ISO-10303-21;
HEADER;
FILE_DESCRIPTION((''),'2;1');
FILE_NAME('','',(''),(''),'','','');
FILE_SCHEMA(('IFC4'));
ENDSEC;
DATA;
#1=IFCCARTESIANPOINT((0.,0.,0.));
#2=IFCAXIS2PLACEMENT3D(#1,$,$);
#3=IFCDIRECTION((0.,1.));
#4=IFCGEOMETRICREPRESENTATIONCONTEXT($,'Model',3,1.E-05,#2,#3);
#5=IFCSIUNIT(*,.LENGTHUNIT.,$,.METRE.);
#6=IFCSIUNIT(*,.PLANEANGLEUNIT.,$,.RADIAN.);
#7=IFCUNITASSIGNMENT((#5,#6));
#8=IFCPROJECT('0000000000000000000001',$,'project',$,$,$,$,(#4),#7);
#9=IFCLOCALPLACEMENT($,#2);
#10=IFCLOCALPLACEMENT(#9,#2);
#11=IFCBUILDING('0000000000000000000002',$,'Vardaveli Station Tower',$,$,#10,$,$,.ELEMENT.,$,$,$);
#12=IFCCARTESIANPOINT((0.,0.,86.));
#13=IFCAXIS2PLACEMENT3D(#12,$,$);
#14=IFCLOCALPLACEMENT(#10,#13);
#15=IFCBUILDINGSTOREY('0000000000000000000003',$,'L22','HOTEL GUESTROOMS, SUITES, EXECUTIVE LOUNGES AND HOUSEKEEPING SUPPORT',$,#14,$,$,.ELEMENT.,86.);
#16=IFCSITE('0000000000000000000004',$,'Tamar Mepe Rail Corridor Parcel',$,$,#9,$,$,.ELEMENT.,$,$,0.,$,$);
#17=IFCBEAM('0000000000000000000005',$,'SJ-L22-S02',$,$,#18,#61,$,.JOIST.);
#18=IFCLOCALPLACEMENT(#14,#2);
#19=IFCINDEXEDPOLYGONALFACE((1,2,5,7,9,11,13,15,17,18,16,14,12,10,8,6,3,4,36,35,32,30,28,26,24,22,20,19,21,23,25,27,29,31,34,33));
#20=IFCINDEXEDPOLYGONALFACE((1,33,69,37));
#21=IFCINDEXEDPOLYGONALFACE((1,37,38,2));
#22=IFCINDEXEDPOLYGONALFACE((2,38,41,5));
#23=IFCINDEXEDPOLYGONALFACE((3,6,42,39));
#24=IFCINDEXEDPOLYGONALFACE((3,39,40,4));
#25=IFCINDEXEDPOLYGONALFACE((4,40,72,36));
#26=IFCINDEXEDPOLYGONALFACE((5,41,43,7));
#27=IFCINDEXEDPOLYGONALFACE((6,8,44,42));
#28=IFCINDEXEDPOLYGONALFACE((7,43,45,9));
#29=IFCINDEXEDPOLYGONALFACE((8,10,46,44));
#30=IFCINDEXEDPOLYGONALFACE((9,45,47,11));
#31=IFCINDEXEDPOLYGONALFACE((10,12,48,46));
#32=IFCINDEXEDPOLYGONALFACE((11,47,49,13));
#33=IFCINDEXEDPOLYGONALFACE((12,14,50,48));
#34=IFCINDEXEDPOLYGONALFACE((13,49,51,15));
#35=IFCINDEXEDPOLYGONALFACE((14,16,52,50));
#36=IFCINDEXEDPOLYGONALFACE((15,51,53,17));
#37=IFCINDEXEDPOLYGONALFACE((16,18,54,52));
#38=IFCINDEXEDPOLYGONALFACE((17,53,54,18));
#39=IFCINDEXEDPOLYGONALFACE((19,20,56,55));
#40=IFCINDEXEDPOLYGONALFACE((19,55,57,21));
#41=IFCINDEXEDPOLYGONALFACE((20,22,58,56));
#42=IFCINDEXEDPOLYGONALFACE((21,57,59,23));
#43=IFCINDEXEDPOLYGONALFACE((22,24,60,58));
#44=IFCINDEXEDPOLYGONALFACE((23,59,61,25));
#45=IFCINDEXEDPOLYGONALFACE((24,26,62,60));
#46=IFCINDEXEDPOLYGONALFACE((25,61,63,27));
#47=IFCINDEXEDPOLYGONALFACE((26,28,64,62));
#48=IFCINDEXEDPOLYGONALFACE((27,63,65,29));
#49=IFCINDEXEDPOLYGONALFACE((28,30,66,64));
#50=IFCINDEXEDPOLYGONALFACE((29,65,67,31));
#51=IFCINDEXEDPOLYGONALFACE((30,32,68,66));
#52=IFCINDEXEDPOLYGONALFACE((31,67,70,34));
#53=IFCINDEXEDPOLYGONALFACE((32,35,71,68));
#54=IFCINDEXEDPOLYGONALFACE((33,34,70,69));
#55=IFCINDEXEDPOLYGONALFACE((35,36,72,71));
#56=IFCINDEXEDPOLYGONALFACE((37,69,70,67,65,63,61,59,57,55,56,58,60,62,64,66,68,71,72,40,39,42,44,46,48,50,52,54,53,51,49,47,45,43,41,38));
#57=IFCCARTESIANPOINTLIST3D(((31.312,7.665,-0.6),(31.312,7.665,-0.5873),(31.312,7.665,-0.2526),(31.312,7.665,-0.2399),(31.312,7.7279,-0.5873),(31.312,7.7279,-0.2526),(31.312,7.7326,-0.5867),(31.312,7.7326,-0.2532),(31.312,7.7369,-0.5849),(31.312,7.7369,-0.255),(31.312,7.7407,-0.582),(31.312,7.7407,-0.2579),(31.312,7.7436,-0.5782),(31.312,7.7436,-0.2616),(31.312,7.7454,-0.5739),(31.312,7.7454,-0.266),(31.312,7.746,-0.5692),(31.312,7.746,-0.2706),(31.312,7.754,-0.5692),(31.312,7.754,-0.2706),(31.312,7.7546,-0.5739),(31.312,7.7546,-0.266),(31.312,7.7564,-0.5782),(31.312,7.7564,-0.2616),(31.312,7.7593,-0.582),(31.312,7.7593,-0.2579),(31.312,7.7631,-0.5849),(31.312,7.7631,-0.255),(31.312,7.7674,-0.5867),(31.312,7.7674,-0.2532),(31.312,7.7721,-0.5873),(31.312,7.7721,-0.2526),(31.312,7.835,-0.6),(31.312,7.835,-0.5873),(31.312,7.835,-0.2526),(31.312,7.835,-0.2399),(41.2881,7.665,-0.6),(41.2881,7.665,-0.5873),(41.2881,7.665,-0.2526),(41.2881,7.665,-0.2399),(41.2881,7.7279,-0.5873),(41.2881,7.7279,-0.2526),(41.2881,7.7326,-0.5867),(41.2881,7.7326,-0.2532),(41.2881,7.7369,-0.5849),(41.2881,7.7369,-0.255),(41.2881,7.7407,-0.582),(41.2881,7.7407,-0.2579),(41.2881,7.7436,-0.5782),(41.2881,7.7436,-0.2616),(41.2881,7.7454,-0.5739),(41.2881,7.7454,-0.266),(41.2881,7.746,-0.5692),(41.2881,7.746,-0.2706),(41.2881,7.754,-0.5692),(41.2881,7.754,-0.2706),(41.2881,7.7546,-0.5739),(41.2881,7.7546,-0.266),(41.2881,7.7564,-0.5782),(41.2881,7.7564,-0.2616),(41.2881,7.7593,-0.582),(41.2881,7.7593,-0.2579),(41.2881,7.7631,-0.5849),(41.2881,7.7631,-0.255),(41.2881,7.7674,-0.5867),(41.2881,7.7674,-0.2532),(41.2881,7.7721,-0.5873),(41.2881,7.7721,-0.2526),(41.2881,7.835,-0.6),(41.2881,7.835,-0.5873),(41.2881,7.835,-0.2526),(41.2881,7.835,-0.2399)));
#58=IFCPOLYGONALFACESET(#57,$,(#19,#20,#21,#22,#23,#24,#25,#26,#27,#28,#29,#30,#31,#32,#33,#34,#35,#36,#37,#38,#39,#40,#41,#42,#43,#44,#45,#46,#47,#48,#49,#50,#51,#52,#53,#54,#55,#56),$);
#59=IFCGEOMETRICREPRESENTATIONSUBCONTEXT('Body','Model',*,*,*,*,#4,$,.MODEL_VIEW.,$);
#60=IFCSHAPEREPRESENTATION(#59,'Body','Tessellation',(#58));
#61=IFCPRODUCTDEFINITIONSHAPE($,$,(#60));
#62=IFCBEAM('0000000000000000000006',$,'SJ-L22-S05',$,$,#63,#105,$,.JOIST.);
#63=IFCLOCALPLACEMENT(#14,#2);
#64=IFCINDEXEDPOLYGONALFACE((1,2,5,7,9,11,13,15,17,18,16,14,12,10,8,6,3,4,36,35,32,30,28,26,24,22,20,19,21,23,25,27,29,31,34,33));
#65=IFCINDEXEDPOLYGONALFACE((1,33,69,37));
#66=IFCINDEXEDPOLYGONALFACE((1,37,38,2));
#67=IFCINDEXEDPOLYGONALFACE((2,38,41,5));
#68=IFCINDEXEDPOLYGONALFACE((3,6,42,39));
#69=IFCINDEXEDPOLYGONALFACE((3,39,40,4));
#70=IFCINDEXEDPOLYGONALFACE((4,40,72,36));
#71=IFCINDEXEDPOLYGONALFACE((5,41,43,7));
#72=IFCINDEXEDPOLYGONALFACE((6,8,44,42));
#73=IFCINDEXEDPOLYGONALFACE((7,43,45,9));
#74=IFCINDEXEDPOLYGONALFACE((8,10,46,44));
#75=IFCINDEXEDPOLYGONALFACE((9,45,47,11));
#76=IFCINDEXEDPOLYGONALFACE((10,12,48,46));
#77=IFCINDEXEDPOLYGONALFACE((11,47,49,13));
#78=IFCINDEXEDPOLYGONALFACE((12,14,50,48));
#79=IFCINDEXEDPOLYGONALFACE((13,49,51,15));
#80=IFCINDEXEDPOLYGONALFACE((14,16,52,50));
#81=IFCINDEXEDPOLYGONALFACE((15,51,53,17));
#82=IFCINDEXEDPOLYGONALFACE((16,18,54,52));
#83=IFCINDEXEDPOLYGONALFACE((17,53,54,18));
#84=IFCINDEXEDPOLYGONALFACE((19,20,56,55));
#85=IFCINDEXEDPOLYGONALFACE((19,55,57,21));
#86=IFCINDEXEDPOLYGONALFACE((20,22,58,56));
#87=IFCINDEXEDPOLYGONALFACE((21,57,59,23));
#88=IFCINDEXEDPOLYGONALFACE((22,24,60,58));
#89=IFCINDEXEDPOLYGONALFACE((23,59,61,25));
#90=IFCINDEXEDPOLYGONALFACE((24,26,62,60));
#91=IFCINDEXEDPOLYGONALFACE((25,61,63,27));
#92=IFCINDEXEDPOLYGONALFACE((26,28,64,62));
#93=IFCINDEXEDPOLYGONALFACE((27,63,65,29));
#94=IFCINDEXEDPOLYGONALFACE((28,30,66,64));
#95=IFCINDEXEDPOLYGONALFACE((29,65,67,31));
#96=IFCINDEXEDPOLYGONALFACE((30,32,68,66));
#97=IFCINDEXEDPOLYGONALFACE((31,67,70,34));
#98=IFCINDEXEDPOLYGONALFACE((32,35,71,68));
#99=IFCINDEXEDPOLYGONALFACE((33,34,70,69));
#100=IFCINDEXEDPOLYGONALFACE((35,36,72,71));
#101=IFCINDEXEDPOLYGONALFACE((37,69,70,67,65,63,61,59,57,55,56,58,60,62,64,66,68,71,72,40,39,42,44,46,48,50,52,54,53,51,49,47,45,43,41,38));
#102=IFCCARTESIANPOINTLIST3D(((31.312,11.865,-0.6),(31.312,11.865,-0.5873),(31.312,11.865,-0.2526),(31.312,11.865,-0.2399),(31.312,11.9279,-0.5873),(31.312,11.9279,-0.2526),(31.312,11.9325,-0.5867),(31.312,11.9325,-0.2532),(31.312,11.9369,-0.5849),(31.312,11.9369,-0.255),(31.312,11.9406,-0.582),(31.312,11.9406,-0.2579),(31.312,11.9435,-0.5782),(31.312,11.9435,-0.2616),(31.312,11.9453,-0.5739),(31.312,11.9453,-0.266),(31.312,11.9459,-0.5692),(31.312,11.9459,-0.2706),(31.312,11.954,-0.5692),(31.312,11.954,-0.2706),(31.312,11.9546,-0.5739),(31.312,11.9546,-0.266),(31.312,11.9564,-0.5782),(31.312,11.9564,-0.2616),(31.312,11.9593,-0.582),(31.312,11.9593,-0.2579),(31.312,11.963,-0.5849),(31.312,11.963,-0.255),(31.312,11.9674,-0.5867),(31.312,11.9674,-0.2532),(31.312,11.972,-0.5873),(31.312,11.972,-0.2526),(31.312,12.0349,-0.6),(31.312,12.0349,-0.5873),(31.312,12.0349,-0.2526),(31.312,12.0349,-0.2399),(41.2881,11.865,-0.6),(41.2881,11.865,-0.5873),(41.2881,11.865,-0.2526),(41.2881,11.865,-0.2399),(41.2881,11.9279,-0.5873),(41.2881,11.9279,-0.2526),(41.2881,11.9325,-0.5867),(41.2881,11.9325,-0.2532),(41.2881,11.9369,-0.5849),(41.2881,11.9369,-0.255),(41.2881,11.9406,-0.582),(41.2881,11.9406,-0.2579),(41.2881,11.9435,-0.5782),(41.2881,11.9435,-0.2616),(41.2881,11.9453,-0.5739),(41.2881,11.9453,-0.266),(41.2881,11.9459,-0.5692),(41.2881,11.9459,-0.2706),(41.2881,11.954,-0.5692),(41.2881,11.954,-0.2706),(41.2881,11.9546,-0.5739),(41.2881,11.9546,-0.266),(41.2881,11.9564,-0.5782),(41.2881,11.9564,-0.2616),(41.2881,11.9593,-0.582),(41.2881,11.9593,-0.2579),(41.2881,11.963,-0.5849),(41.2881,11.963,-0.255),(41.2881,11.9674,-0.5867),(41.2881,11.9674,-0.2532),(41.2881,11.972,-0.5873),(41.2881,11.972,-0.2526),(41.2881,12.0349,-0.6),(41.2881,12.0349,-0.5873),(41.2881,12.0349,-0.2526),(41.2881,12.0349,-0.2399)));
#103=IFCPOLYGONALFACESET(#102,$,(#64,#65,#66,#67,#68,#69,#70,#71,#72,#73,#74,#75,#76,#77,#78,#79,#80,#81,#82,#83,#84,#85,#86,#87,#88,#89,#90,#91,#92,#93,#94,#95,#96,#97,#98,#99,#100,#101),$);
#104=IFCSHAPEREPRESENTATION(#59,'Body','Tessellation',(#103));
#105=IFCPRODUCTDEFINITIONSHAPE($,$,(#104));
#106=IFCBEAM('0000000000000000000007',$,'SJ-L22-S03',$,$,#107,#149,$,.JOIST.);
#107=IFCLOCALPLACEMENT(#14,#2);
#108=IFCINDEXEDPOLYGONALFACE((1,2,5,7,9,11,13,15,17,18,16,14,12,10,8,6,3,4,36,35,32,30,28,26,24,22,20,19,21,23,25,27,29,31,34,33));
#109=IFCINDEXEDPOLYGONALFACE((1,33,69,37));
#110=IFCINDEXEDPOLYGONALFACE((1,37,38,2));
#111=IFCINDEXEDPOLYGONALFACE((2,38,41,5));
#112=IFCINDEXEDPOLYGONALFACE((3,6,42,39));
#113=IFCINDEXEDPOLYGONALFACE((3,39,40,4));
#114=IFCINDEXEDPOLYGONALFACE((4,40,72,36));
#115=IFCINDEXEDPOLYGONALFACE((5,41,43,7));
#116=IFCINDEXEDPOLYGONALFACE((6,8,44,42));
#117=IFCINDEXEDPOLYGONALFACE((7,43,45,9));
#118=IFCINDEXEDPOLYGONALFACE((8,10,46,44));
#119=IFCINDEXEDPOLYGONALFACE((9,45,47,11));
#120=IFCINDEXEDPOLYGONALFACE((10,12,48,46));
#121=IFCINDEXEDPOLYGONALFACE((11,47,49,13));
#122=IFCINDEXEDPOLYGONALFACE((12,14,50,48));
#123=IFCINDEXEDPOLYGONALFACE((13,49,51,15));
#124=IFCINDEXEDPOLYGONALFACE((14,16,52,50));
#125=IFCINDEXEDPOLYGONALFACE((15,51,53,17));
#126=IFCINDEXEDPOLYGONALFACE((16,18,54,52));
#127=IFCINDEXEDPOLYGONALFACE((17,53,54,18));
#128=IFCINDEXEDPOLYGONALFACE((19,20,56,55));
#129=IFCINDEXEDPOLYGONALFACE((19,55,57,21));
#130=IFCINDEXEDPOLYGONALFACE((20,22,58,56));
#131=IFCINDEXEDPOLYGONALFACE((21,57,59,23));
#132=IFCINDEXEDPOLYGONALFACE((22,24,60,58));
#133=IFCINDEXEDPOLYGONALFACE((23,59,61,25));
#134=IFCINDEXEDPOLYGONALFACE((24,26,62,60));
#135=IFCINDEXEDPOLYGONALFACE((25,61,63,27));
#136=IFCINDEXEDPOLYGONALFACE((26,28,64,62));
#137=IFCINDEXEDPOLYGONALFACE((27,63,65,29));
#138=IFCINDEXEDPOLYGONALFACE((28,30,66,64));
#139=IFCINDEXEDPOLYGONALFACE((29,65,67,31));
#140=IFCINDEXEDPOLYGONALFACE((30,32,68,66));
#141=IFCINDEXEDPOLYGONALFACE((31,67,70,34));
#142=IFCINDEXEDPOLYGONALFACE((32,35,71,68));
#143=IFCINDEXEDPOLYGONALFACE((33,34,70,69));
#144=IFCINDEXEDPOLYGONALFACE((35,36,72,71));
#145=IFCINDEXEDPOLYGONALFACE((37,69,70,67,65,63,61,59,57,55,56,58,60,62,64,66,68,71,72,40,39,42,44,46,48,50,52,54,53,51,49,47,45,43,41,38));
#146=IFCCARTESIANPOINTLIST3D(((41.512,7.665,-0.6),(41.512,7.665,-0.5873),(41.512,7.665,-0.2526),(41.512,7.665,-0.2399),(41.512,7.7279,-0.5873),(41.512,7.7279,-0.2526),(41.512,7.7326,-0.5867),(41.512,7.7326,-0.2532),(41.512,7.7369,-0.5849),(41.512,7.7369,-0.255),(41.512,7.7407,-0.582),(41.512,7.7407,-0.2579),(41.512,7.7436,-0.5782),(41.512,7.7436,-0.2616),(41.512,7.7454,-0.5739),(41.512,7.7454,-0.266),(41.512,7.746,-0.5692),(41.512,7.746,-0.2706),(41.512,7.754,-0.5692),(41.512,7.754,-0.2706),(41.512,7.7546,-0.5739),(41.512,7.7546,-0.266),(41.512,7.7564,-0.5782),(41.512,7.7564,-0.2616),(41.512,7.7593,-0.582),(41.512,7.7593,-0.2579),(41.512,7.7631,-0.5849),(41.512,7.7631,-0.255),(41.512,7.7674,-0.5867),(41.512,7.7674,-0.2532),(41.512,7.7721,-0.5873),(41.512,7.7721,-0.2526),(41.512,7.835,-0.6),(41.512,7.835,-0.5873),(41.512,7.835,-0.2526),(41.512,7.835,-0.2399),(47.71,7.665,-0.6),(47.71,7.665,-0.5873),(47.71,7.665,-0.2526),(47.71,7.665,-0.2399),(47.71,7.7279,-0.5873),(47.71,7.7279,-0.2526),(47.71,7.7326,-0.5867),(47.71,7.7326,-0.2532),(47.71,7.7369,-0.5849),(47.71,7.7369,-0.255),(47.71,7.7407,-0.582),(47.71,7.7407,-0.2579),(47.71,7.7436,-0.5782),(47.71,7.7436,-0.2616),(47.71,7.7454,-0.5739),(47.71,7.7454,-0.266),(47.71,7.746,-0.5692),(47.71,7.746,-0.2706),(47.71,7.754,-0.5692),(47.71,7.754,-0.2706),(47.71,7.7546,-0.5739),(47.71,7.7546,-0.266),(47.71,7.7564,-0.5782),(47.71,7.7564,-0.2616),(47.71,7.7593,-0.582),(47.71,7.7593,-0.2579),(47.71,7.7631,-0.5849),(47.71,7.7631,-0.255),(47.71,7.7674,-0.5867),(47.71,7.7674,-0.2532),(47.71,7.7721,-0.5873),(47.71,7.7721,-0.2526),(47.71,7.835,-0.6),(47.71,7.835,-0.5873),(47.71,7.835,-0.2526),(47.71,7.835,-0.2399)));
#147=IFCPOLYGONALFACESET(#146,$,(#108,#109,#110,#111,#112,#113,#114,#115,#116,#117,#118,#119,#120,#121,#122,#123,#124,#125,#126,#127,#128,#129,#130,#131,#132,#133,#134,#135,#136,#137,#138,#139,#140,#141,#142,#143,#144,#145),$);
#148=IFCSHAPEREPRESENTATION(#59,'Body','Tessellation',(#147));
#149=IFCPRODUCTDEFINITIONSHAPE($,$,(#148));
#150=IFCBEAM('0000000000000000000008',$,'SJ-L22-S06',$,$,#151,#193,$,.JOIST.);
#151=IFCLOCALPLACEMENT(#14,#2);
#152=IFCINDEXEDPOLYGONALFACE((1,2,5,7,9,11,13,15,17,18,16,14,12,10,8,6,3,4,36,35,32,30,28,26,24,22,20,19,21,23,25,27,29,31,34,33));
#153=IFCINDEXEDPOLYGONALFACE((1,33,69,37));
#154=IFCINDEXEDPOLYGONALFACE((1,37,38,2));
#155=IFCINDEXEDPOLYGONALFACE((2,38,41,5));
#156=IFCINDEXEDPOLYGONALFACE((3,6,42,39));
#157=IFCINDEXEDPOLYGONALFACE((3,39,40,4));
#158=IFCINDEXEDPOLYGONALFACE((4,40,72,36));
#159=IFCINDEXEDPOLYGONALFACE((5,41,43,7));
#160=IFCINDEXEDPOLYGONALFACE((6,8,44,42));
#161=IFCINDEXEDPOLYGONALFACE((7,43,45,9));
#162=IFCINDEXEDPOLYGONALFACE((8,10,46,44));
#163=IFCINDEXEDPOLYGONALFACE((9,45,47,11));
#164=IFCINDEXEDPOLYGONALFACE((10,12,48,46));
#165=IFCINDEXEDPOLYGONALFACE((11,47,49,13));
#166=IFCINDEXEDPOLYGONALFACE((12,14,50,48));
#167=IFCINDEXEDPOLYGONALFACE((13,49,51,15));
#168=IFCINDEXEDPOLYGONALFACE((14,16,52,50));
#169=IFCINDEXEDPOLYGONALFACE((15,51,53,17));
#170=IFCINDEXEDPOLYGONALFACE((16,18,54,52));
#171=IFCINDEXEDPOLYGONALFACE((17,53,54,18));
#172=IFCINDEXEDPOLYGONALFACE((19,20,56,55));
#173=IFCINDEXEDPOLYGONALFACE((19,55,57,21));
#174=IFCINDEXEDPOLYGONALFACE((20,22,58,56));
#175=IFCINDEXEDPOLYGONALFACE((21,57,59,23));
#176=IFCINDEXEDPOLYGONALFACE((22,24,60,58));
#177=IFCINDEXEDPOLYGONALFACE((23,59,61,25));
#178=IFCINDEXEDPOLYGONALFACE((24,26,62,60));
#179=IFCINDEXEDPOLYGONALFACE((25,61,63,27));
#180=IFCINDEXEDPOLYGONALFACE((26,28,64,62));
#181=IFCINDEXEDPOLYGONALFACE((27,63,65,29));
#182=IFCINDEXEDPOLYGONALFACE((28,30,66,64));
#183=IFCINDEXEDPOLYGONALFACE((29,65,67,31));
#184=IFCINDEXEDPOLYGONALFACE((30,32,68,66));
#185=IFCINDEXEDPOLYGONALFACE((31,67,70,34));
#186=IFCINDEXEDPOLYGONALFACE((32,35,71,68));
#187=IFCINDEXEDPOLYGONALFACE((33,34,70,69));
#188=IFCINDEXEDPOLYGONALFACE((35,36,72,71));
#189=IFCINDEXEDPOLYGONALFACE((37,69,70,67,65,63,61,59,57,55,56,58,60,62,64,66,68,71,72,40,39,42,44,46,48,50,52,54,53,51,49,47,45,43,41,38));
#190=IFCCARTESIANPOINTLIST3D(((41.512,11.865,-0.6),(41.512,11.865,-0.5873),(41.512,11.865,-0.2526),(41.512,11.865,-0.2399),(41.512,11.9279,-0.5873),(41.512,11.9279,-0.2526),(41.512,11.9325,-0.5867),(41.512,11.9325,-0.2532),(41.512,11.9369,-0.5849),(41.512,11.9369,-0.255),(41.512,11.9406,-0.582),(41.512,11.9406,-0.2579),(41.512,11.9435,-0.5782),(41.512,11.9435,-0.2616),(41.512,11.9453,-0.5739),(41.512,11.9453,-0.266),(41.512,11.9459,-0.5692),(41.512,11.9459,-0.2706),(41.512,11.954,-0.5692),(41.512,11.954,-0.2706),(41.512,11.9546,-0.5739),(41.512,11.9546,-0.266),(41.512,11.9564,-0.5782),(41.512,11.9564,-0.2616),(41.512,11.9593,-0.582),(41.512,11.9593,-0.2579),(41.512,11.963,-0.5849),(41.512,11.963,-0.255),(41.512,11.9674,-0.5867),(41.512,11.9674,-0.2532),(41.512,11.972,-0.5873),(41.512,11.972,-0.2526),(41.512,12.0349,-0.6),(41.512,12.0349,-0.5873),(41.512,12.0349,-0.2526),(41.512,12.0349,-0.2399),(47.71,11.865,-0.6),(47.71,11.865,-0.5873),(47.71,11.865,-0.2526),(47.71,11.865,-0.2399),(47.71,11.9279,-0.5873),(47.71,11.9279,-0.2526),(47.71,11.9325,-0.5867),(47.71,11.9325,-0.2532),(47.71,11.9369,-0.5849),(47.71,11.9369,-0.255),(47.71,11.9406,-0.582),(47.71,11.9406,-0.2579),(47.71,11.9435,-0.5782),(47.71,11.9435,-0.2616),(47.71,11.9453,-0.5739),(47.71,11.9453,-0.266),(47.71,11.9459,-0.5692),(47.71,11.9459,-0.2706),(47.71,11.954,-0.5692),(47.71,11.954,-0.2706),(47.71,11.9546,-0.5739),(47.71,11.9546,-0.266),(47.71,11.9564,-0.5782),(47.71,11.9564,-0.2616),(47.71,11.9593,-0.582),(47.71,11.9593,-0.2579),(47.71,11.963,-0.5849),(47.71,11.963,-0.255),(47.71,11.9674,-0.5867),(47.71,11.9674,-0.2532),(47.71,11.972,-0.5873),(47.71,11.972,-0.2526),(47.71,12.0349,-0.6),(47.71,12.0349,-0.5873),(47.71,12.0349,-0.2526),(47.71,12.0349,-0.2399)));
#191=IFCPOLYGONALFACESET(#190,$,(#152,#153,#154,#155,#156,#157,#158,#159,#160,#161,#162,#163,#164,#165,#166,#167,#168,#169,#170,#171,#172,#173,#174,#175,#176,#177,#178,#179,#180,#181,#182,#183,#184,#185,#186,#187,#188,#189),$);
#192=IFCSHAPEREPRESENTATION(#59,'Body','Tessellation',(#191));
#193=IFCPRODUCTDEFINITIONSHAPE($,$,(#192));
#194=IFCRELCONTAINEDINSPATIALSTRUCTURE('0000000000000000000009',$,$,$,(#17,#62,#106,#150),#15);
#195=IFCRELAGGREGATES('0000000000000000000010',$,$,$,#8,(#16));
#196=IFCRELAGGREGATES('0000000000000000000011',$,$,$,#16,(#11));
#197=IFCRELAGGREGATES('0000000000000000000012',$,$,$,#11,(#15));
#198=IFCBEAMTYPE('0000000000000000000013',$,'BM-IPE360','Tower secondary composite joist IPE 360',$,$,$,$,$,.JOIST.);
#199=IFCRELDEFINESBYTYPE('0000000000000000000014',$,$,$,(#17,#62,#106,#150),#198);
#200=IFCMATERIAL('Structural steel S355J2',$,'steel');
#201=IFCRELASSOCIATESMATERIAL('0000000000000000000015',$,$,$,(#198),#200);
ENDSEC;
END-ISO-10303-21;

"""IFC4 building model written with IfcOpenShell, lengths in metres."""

from ifc_helpers import new_model, si_unit, direction, frame, origin, origin_2d, place, context, subcontext, project, spatial, i_section, extrude, source, transform, mapped, material, material_profile, profile_set, type_object, element, save


model = new_model("IFC4")

# Units and contexts
model_context = context("Model", 3, precision=1e-05, world=origin(), true_north=direction((0.0, 1.0)))
body_context = subcontext(model_context, "Body", "Model", "MODEL_VIEW")
ifc_project = project(units=[si_unit("LENGTHUNIT", "METRE"), si_unit("PLANEANGLEUNIT", "RADIAN")], contexts=[model_context])

# Site, building, storey
site_placement = place(None, origin())
site = spatial("IfcSite", under=ifc_project, at=site_placement, Name="Tamar Mepe Rail Corridor Parcel", CompositionType="ELEMENT", RefElevation=0.0)
building_placement = place(site_placement, origin())
building = spatial("IfcBuilding", under=site, at=building_placement, Name="Vardaveli Station Tower", CompositionType="ELEMENT")
storey_placement = place(building_placement, frame((0.0, 0.0, 86.0)))
storey = spatial("IfcBuildingStorey", under=building, at=storey_placement, Name="L22", Description="HOTEL GUESTROOMS, SUITES, EXECUTIVE LOUNGES AND HOUSEKEEPING SUPPORT", CompositionType="ELEMENT", Elevation=86.0)

# Beams
ifc_material_1 = material(Name="Structural steel S355J2", Category="steel")
ifc_material_profile_1 = material_profile(ifc_material_1, i_section(OverallWidth=0.1699, OverallDepth=0.3601, WebThickness=0.0081, FlangeThickness=0.0127, FilletRadius=0.0181, at=origin_2d()), Name="IPE 360")
ifc_profile_set_1 = profile_set([ifc_material_profile_1], Name="Structural steel S355J2")
beam_type_1 = type_object("IfcBeamType", Name="BM-IPE360", Description="Tower secondary composite joist IPE 360", PredefinedType="JOIST", material=ifc_profile_set_1)
shared_shape_1 = source(origin(), body_context, "Body", "SweptSolid", [
    extrude(i_section(OverallWidth=0.1699, OverallDepth=0.3601, WebThickness=0.0081, FlangeThickness=0.0127, FilletRadius=0.0181, at=origin_2d()), origin(), (0.0, 0.0, 1.0), 9.9761),
])
for number, where, z_axis, x_axis, name in (
    (1, (31.312, 7.75, -0.4199), (1.0, 0.0, 0.0), (0.0, 1.0, 0.0), "SJ-L22-S02"),
    (2, (31.312, 11.95, -0.4199), (1.0, 0.0, 0.0), (0.0, 1.0, 0.0), "SJ-L22-S05"),
):
    element("IfcBeam", number, at=place(storey_placement, frame(where, z_axis=z_axis, x_axis=x_axis)), inside=storey, type_object=beam_type_1, Name=name, PredefinedType="JOIST", context=body_context, shape_type="MappedRepresentation", body=[
        mapped(shared_shape_1, transform((0.0, 0.0, 0.0), scale=1.0)),
    ])
shared_shape_2 = source(origin(), body_context, "Body", "SweptSolid", [
    extrude(i_section(OverallWidth=0.1699, OverallDepth=0.3601, WebThickness=0.0081, FlangeThickness=0.0127, FilletRadius=0.0181, at=origin_2d()), origin(), (0.0, 0.0, 1.0), 6.198),
])
for number, where, z_axis, x_axis, name in (
    (3, (41.512, 7.75, -0.4199), (1.0, 0.0, 0.0), (0.0, 1.0, 0.0), "SJ-L22-S03"),
    (4, (41.512, 11.95, -0.4199), (1.0, 0.0, 0.0), (0.0, 1.0, 0.0), "SJ-L22-S06"),
):
    element("IfcBeam", number, at=place(storey_placement, frame(where, z_axis=z_axis, x_axis=x_axis)), inside=storey, type_object=beam_type_1, Name=name, PredefinedType="JOIST", context=body_context, shape_type="MappedRepresentation", body=[
        mapped(shared_shape_2, transform((0.0, 0.0, 0.0), scale=1.0)),
    ])

save(model, "model.ifc")
